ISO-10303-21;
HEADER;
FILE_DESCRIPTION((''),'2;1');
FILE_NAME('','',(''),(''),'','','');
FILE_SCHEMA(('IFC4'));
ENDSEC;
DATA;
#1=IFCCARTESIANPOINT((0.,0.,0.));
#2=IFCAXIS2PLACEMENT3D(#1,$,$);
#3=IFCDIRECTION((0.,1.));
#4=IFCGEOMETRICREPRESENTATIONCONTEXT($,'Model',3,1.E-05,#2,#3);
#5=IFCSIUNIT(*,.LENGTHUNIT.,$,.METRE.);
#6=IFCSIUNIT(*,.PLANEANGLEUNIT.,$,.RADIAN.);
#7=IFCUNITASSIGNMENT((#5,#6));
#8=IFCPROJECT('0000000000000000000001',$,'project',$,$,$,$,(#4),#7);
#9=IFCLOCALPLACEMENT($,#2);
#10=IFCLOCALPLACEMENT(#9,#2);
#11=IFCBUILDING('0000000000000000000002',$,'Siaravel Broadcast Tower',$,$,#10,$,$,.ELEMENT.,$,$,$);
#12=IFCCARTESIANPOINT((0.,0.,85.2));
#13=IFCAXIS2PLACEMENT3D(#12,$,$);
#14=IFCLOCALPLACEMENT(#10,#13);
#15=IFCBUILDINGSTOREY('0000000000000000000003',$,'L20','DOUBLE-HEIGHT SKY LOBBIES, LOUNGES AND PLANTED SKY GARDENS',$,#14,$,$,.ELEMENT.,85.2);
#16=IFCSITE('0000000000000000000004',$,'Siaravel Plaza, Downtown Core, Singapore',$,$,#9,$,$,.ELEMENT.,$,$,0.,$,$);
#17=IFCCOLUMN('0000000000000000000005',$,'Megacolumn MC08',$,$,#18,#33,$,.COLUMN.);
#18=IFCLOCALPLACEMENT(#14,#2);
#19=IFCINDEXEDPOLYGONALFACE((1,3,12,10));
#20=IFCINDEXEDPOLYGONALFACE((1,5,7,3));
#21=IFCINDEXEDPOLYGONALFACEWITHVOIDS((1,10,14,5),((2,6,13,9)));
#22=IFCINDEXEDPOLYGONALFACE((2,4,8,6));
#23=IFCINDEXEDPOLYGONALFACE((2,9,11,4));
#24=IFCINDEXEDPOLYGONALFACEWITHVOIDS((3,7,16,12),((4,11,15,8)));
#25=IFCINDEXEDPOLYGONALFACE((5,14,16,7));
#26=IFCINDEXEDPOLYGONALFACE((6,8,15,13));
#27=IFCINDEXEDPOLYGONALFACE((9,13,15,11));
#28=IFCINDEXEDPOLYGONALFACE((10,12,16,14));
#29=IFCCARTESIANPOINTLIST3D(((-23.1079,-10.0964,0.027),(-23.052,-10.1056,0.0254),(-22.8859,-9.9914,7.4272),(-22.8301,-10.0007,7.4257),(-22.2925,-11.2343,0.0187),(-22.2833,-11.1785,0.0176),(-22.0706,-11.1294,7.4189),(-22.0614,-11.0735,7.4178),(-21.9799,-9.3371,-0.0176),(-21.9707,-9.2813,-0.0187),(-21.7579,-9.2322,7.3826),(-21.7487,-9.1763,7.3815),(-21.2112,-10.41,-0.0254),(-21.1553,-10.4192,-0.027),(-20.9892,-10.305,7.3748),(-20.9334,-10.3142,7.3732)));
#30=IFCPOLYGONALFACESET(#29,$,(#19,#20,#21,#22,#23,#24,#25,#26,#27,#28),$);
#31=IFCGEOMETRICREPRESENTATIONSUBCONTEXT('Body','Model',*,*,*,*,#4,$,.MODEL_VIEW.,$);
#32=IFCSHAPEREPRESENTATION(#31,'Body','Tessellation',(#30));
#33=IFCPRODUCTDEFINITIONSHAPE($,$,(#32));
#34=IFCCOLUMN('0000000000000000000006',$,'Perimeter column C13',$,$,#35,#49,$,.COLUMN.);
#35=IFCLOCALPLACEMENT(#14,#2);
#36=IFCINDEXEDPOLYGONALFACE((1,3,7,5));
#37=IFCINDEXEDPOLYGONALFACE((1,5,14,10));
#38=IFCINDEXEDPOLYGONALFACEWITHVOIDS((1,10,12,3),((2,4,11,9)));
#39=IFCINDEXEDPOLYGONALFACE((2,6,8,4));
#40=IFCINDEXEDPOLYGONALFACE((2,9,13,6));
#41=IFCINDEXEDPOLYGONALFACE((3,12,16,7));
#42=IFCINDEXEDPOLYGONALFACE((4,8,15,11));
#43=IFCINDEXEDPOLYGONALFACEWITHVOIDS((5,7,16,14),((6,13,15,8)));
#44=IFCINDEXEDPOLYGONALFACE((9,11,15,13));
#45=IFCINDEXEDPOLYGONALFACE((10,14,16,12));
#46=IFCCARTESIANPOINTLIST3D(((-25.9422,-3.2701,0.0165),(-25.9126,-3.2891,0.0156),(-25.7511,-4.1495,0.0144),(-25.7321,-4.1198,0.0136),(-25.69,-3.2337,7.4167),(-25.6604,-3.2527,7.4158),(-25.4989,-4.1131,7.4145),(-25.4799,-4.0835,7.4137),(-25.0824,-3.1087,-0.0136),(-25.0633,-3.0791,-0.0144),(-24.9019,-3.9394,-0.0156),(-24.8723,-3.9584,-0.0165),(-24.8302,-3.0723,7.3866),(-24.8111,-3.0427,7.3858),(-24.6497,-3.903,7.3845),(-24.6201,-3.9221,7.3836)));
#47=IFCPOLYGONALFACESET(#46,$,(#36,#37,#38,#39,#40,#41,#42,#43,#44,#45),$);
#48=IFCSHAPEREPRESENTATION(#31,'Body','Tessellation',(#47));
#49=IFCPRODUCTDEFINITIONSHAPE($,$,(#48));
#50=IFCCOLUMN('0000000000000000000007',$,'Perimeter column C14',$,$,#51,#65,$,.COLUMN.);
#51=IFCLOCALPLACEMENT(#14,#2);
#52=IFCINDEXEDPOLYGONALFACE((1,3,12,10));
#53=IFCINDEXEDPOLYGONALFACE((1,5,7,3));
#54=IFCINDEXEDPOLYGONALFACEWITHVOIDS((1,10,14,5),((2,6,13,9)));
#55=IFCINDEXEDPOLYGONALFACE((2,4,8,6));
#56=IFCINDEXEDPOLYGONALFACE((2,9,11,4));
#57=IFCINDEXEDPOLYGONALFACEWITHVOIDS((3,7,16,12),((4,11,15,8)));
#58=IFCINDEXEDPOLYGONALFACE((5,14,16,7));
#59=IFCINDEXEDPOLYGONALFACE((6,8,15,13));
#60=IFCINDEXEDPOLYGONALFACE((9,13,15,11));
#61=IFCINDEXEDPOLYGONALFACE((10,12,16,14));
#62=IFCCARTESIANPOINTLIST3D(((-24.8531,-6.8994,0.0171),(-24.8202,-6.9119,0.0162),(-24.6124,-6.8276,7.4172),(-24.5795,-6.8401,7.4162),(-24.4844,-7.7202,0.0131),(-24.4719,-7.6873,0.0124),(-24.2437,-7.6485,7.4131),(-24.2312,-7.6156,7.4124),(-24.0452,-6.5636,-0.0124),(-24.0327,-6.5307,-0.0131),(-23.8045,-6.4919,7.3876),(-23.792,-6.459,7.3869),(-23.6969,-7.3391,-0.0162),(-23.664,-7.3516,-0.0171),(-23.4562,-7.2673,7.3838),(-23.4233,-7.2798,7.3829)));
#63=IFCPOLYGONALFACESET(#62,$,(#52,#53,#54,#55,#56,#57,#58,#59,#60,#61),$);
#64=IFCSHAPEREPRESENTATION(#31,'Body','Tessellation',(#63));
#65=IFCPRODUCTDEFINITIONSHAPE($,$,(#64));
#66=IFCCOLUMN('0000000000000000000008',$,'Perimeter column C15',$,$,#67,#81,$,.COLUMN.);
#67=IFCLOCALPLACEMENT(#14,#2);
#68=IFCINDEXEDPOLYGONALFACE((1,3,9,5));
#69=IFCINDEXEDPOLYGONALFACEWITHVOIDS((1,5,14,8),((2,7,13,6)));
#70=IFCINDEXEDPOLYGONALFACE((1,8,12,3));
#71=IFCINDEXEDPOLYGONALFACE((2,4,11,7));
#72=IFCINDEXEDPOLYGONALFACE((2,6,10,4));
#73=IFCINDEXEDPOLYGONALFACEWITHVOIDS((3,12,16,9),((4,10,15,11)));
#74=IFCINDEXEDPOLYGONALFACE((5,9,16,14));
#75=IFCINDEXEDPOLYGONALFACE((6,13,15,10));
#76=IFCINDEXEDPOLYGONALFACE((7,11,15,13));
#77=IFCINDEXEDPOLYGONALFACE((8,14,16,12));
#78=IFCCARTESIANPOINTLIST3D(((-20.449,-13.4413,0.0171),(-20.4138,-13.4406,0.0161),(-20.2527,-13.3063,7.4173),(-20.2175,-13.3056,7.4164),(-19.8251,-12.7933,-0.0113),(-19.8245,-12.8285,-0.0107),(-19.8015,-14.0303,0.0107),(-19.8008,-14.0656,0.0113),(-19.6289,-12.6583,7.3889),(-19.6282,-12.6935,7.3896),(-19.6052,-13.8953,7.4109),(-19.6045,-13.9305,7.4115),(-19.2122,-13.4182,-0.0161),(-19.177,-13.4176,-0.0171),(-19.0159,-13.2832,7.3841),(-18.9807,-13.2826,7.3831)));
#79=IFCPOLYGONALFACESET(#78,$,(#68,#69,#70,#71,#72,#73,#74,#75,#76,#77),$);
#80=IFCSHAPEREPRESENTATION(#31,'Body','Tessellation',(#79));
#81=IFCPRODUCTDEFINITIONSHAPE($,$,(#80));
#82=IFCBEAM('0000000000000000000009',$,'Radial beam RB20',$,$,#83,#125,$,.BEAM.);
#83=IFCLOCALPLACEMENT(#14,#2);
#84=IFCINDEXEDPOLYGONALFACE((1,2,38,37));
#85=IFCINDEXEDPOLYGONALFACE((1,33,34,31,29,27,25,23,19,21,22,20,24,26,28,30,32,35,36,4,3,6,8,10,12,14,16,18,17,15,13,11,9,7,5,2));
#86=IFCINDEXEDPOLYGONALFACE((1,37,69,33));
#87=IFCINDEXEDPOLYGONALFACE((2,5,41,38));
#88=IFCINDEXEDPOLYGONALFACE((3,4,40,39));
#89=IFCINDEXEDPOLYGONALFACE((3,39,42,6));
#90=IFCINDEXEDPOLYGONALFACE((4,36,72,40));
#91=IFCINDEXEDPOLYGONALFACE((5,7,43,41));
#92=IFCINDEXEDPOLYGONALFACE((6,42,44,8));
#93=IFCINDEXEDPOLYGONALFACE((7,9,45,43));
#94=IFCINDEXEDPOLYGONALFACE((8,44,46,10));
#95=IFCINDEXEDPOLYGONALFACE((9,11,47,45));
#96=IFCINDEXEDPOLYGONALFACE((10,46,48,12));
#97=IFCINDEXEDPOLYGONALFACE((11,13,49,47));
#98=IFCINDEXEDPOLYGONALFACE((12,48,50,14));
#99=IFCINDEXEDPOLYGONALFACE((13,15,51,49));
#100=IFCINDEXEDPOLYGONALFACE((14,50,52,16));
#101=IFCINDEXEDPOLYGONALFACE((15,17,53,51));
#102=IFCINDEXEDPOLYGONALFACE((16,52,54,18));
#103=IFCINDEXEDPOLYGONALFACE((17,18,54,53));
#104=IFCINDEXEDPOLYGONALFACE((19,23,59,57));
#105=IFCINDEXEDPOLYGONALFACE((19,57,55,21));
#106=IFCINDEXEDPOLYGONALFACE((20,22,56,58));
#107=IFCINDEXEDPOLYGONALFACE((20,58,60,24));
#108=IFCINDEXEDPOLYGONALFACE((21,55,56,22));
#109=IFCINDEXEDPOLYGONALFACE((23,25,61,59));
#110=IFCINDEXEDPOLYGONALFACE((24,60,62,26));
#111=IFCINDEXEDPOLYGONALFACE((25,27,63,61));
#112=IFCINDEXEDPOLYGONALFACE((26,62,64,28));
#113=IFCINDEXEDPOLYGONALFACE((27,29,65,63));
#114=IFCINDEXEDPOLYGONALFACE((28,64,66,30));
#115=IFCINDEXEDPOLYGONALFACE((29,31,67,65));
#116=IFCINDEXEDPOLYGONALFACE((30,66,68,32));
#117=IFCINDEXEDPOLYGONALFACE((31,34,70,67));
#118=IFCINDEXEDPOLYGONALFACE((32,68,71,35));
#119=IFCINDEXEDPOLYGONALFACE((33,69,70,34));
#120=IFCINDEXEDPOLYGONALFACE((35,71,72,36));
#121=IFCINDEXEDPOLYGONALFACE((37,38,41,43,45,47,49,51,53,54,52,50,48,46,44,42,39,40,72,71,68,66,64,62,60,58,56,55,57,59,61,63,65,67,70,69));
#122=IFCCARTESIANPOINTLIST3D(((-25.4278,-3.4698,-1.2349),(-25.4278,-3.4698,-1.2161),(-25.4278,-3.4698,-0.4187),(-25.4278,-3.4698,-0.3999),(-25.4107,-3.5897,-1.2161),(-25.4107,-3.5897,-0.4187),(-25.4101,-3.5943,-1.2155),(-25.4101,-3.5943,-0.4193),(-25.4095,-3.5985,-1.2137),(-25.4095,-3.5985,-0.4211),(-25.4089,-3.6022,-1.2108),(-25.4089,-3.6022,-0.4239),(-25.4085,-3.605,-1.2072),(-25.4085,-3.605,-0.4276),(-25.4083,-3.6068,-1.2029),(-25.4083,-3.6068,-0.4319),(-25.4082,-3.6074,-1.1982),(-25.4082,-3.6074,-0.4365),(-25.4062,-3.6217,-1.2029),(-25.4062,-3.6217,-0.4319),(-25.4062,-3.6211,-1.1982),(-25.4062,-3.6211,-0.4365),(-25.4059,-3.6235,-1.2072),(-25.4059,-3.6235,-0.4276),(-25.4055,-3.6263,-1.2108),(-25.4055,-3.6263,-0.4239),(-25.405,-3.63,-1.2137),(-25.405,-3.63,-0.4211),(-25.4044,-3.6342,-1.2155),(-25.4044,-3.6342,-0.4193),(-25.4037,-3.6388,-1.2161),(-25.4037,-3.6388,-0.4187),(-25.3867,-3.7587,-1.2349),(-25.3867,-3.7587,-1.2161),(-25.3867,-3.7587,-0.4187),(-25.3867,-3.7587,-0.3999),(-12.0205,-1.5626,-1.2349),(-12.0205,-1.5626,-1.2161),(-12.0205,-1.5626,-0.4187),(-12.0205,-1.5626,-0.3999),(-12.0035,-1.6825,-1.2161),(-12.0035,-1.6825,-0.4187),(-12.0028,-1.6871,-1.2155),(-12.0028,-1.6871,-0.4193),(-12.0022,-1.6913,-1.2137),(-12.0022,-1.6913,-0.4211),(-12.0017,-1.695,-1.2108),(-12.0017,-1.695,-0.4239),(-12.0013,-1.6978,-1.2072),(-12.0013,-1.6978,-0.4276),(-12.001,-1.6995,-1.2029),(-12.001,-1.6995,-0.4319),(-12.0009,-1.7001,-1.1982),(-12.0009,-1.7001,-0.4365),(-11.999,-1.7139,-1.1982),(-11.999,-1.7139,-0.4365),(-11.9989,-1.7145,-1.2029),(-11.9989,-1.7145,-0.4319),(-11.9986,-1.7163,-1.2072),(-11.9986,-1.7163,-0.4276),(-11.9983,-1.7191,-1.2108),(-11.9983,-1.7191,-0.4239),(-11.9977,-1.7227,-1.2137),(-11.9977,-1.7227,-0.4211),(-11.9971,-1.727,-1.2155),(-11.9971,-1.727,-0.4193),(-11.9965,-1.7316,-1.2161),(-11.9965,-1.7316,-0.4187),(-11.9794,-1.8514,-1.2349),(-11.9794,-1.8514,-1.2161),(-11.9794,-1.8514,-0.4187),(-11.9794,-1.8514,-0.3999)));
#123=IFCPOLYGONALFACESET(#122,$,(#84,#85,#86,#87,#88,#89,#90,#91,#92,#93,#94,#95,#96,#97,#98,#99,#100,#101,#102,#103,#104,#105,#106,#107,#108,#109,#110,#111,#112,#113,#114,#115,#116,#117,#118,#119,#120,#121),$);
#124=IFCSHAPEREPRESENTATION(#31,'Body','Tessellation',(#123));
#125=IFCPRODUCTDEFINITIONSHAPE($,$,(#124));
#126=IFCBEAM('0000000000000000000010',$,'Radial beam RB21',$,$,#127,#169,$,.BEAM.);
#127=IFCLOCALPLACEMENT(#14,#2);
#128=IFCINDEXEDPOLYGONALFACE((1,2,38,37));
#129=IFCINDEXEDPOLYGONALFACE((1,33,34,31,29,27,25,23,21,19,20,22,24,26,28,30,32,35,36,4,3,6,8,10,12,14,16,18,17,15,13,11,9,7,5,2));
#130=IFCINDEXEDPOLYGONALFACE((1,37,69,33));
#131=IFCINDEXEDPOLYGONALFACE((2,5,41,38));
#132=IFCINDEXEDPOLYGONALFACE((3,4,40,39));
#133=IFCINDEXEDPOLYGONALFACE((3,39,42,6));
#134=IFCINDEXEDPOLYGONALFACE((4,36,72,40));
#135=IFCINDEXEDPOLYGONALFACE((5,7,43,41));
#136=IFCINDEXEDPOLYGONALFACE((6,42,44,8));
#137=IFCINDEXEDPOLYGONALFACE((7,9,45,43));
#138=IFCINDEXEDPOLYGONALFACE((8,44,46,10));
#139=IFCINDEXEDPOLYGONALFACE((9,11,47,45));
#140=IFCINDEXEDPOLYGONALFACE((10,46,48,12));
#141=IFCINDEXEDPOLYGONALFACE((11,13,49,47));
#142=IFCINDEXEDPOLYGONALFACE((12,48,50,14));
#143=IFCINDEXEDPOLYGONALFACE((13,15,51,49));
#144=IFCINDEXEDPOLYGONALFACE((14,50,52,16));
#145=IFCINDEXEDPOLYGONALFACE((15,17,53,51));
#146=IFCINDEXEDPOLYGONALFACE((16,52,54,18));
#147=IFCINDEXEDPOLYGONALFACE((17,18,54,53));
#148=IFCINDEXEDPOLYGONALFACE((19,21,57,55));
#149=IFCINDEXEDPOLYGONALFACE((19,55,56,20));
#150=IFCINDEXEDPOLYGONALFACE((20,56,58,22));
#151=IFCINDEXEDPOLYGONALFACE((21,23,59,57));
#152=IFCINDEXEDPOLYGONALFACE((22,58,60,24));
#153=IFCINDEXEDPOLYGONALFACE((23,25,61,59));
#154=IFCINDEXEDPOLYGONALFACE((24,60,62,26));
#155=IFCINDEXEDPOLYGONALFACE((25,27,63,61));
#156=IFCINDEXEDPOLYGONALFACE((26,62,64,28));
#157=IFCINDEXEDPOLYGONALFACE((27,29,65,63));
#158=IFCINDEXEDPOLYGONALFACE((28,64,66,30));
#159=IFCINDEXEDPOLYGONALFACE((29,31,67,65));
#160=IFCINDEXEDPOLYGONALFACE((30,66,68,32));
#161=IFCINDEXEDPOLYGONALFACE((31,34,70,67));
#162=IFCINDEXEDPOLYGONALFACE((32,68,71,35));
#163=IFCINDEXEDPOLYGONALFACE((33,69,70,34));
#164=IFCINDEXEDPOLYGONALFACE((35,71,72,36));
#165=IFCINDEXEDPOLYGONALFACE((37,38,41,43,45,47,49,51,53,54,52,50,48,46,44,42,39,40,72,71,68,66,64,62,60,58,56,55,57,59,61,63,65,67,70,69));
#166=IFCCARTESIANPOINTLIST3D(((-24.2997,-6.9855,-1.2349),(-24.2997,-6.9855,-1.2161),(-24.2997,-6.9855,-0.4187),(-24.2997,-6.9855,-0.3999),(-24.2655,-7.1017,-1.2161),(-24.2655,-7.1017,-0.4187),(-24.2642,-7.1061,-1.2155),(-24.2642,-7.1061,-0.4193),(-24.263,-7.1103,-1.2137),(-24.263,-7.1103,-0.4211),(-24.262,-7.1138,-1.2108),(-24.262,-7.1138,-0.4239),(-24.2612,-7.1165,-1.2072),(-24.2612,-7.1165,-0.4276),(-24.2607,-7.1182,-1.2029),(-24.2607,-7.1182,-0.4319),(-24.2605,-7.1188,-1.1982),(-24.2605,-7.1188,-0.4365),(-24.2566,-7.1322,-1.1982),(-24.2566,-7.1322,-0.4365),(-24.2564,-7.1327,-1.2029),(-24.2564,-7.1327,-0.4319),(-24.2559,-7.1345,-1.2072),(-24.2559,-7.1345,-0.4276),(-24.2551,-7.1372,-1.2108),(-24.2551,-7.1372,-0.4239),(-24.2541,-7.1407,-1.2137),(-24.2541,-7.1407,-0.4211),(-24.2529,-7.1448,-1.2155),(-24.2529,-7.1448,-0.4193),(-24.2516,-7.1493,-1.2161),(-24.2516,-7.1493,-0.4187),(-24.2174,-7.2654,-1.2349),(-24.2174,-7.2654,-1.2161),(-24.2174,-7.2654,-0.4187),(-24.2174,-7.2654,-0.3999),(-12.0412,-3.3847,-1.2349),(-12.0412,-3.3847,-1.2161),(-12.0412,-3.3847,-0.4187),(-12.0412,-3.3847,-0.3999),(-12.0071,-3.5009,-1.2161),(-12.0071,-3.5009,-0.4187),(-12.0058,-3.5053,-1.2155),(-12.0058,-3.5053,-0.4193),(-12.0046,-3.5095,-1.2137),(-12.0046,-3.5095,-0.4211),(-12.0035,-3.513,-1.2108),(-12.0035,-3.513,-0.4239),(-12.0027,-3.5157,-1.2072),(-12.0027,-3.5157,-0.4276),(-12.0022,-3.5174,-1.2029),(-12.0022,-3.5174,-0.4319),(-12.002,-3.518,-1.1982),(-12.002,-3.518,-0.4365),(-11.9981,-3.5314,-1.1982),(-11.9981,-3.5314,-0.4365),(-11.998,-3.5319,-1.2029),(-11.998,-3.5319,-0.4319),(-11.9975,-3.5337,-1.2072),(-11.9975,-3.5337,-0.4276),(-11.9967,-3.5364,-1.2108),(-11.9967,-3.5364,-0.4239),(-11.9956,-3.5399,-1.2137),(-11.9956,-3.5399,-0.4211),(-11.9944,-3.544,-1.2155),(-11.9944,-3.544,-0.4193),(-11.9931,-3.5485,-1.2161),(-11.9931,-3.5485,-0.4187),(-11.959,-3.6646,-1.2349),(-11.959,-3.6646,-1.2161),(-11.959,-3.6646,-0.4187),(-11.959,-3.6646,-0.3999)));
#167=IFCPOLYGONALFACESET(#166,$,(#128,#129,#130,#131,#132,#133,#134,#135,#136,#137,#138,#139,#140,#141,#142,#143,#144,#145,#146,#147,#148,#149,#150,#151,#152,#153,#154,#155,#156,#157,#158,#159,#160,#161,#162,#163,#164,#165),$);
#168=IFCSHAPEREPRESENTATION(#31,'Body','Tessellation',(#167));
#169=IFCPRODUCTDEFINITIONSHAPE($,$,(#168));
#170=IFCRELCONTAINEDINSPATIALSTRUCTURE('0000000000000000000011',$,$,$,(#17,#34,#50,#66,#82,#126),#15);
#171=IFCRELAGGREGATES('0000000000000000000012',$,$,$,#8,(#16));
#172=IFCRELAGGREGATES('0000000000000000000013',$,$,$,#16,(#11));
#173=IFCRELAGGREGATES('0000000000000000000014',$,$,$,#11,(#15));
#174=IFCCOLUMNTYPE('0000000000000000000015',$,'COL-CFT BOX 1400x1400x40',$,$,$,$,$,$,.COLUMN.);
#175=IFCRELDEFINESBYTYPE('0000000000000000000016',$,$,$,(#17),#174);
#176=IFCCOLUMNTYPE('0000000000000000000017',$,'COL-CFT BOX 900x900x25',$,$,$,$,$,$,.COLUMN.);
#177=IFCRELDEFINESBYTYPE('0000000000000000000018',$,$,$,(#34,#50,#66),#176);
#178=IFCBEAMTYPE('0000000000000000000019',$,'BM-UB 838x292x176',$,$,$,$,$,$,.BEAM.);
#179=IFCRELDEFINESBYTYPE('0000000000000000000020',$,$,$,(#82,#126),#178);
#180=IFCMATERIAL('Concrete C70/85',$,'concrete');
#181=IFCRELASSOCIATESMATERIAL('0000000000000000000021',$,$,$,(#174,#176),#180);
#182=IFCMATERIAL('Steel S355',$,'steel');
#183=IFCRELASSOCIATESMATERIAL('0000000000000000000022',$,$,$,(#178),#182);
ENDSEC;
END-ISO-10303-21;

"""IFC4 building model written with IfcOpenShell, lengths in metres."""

from ifc_helpers import new_model, si_unit, direction, frame, origin, origin_2d, place, context, subcontext, project, spatial, hollow_rectangle, i_section, extrude, material, material_profile, profile_set, type_object, element, save


model = new_model("IFC4")

# Units and contexts
model_context = context("Model", 3, precision=1e-05, world=origin(), true_north=direction((0.0, 1.0)))
body_context = subcontext(model_context, "Body", "Model", "MODEL_VIEW")
ifc_project = project(units=[si_unit("LENGTHUNIT", "METRE"), si_unit("PLANEANGLEUNIT", "RADIAN")], contexts=[model_context])

# Site, building, storey
site_placement = place(None, origin())
site = spatial("IfcSite", under=ifc_project, at=site_placement, Name="Siaravel Plaza, Downtown Core, Singapore", CompositionType="ELEMENT", RefElevation=0.0)
building_placement = place(site_placement, origin())
building = spatial("IfcBuilding", under=site, at=building_placement, Name="Siaravel Broadcast Tower", CompositionType="ELEMENT")
storey_placement = place(building_placement, frame((0.0, 0.0, 85.2)))
storey = spatial("IfcBuildingStorey", under=building, at=storey_placement, Name="L20", Description="DOUBLE-HEIGHT SKY LOBBIES, LOUNGES AND PLANTED SKY GARDENS", CompositionType="ELEMENT", Elevation=85.2)

# Columns
ifc_material_1 = material(Name="Concrete C70/85", Category="concrete")
ifc_material_profile_1 = material_profile(ifc_material_1, hollow_rectangle(XDim=1.3999, YDim=1.3999, WallThickness=0.04, at=origin_2d()))
ifc_profile_set_1 = profile_set([ifc_material_profile_1], Name="Concrete C70/85")
column_type_1 = type_object("IfcColumnType", Name="COL-CFT BOX 1400x1400x40", PredefinedType="COLUMN", material=ifc_profile_set_1)
column_1_placement = place(storey_placement, frame((-22.1316, -10.2578, 0.0), z_axis=(0.029973, 0.014178, 0.99945), x_axis=(-0.582422, 0.812865, 0.005935)))
element("IfcColumn", 1, at=column_1_placement, inside=storey, type_object=column_type_1, Name="Megacolumn MC08", PredefinedType="COLUMN", context=body_context, shape_type="SweptSolid", body=[
    extrude(hollow_rectangle(XDim=1.3999, YDim=1.3999, WallThickness=0.04, at=origin_2d()), origin(), (0.0, 0.0, 1.0), 7.4043),
])
ifc_material_profile_2 = material_profile(ifc_material_1, hollow_rectangle(XDim=0.8999, YDim=0.8999, WallThickness=0.0249, at=origin_2d()))
ifc_profile_set_2 = profile_set([ifc_material_profile_2], Name="Concrete C70/85")
column_type_2 = type_object("IfcColumnType", Name="COL-CFT BOX 900x900x25", PredefinedType="COLUMN", material=ifc_profile_set_2)
column_2_placement = place(storey_placement, frame((-25.4072, -3.6143, 0.0), z_axis=(0.03406, 0.004913, 0.999408), x_axis=(-0.212302, 0.977201, 0.002432)))
element("IfcColumn", 2, at=column_2_placement, inside=storey, type_object=column_type_2, Name="Perimeter column C13", PredefinedType="COLUMN", context=body_context, shape_type="SweptSolid", body=[
    extrude(hollow_rectangle(XDim=0.8999, YDim=0.8999, WallThickness=0.0249, at=origin_2d()), origin(), (0.0, 0.0, 1.0), 7.4045),
])
column_3_placement = place(storey_placement, frame((-24.2585, -7.1255, 0.0), z_axis=(0.032511, 0.009694, 0.999424), x_axis=(-0.409727, 0.912197, 0.00448)))
element("IfcColumn", 3, at=column_3_placement, inside=storey, type_object=column_type_2, Name="Perimeter column C14", PredefinedType="COLUMN", context=body_context, shape_type="SweptSolid", body=[
    extrude(hollow_rectangle(XDim=0.8999, YDim=0.8999, WallThickness=0.0249, at=origin_2d()), origin(), (0.0, 0.0, 1.0), 7.4043),
])
column_4_placement = place(storey_placement, frame((-19.813, -13.4294, 0.0), z_axis=(0.026511, 0.018235, 0.999482), x_axis=(-0.720243, 0.693692, 0.006449)))
element("IfcColumn", 4, at=column_4_placement, inside=storey, type_object=column_type_2, Name="Perimeter column C15", PredefinedType="COLUMN", context=body_context, shape_type="SweptSolid", body=[
    extrude(hollow_rectangle(XDim=0.8999, YDim=0.8999, WallThickness=0.0249, at=origin_2d()), origin(), (0.0, 0.0, 1.0), 7.4041),
])

# Beams
ifc_material_2 = material(Name="Steel S355", Category="steel")
ifc_material_profile_3 = material_profile(ifc_material_2, i_section(OverallWidth=0.2917, OverallDepth=0.835, WebThickness=0.0139, FlangeThickness=0.0188, FilletRadius=0.0178, at=origin_2d()))
ifc_profile_set_3 = profile_set([ifc_material_profile_3], Name="Steel S355")
beam_type = type_object("IfcBeamType", Name="BM-UB 838x292x176", PredefinedType="BEAM", material=ifc_profile_set_3)
beam_1_placement = place(storey_placement, frame((-25.4072, -3.6143, -0.8174), z_axis=(0.990033, 0.140836, 0.0), x_axis=(-0.140836, 0.990033, 0.0)))
element("IfcBeam", 5, at=beam_1_placement, inside=storey, type_object=beam_type, Name="Radial beam RB20", PredefinedType="BEAM", context=body_context, shape_type="SweptSolid", body=[
    extrude(i_section(OverallWidth=0.2917, OverallDepth=0.835, WebThickness=0.0139, FlangeThickness=0.0188, FilletRadius=0.0178, at=origin_2d()), origin(), (0.0, 0.0, 1.0), 13.5422),
])
beam_2_placement = place(storey_placement, frame((-24.2585, -7.1255, -0.8174), z_axis=(0.959463, 0.281833, 0.0), x_axis=(-0.281833, 0.959463, 0.0)))
element("IfcBeam", 6, at=beam_2_placement, inside=storey, type_object=beam_type, Name="Radial beam RB21", PredefinedType="BEAM", context=body_context, shape_type="SweptSolid", body=[
    extrude(i_section(OverallWidth=0.2917, OverallDepth=0.835, WebThickness=0.0139, FlangeThickness=0.0188, FilletRadius=0.0178, at=origin_2d()), origin(), (0.0, 0.0, 1.0), 12.7764),
])

save(model, "model.ifc")
